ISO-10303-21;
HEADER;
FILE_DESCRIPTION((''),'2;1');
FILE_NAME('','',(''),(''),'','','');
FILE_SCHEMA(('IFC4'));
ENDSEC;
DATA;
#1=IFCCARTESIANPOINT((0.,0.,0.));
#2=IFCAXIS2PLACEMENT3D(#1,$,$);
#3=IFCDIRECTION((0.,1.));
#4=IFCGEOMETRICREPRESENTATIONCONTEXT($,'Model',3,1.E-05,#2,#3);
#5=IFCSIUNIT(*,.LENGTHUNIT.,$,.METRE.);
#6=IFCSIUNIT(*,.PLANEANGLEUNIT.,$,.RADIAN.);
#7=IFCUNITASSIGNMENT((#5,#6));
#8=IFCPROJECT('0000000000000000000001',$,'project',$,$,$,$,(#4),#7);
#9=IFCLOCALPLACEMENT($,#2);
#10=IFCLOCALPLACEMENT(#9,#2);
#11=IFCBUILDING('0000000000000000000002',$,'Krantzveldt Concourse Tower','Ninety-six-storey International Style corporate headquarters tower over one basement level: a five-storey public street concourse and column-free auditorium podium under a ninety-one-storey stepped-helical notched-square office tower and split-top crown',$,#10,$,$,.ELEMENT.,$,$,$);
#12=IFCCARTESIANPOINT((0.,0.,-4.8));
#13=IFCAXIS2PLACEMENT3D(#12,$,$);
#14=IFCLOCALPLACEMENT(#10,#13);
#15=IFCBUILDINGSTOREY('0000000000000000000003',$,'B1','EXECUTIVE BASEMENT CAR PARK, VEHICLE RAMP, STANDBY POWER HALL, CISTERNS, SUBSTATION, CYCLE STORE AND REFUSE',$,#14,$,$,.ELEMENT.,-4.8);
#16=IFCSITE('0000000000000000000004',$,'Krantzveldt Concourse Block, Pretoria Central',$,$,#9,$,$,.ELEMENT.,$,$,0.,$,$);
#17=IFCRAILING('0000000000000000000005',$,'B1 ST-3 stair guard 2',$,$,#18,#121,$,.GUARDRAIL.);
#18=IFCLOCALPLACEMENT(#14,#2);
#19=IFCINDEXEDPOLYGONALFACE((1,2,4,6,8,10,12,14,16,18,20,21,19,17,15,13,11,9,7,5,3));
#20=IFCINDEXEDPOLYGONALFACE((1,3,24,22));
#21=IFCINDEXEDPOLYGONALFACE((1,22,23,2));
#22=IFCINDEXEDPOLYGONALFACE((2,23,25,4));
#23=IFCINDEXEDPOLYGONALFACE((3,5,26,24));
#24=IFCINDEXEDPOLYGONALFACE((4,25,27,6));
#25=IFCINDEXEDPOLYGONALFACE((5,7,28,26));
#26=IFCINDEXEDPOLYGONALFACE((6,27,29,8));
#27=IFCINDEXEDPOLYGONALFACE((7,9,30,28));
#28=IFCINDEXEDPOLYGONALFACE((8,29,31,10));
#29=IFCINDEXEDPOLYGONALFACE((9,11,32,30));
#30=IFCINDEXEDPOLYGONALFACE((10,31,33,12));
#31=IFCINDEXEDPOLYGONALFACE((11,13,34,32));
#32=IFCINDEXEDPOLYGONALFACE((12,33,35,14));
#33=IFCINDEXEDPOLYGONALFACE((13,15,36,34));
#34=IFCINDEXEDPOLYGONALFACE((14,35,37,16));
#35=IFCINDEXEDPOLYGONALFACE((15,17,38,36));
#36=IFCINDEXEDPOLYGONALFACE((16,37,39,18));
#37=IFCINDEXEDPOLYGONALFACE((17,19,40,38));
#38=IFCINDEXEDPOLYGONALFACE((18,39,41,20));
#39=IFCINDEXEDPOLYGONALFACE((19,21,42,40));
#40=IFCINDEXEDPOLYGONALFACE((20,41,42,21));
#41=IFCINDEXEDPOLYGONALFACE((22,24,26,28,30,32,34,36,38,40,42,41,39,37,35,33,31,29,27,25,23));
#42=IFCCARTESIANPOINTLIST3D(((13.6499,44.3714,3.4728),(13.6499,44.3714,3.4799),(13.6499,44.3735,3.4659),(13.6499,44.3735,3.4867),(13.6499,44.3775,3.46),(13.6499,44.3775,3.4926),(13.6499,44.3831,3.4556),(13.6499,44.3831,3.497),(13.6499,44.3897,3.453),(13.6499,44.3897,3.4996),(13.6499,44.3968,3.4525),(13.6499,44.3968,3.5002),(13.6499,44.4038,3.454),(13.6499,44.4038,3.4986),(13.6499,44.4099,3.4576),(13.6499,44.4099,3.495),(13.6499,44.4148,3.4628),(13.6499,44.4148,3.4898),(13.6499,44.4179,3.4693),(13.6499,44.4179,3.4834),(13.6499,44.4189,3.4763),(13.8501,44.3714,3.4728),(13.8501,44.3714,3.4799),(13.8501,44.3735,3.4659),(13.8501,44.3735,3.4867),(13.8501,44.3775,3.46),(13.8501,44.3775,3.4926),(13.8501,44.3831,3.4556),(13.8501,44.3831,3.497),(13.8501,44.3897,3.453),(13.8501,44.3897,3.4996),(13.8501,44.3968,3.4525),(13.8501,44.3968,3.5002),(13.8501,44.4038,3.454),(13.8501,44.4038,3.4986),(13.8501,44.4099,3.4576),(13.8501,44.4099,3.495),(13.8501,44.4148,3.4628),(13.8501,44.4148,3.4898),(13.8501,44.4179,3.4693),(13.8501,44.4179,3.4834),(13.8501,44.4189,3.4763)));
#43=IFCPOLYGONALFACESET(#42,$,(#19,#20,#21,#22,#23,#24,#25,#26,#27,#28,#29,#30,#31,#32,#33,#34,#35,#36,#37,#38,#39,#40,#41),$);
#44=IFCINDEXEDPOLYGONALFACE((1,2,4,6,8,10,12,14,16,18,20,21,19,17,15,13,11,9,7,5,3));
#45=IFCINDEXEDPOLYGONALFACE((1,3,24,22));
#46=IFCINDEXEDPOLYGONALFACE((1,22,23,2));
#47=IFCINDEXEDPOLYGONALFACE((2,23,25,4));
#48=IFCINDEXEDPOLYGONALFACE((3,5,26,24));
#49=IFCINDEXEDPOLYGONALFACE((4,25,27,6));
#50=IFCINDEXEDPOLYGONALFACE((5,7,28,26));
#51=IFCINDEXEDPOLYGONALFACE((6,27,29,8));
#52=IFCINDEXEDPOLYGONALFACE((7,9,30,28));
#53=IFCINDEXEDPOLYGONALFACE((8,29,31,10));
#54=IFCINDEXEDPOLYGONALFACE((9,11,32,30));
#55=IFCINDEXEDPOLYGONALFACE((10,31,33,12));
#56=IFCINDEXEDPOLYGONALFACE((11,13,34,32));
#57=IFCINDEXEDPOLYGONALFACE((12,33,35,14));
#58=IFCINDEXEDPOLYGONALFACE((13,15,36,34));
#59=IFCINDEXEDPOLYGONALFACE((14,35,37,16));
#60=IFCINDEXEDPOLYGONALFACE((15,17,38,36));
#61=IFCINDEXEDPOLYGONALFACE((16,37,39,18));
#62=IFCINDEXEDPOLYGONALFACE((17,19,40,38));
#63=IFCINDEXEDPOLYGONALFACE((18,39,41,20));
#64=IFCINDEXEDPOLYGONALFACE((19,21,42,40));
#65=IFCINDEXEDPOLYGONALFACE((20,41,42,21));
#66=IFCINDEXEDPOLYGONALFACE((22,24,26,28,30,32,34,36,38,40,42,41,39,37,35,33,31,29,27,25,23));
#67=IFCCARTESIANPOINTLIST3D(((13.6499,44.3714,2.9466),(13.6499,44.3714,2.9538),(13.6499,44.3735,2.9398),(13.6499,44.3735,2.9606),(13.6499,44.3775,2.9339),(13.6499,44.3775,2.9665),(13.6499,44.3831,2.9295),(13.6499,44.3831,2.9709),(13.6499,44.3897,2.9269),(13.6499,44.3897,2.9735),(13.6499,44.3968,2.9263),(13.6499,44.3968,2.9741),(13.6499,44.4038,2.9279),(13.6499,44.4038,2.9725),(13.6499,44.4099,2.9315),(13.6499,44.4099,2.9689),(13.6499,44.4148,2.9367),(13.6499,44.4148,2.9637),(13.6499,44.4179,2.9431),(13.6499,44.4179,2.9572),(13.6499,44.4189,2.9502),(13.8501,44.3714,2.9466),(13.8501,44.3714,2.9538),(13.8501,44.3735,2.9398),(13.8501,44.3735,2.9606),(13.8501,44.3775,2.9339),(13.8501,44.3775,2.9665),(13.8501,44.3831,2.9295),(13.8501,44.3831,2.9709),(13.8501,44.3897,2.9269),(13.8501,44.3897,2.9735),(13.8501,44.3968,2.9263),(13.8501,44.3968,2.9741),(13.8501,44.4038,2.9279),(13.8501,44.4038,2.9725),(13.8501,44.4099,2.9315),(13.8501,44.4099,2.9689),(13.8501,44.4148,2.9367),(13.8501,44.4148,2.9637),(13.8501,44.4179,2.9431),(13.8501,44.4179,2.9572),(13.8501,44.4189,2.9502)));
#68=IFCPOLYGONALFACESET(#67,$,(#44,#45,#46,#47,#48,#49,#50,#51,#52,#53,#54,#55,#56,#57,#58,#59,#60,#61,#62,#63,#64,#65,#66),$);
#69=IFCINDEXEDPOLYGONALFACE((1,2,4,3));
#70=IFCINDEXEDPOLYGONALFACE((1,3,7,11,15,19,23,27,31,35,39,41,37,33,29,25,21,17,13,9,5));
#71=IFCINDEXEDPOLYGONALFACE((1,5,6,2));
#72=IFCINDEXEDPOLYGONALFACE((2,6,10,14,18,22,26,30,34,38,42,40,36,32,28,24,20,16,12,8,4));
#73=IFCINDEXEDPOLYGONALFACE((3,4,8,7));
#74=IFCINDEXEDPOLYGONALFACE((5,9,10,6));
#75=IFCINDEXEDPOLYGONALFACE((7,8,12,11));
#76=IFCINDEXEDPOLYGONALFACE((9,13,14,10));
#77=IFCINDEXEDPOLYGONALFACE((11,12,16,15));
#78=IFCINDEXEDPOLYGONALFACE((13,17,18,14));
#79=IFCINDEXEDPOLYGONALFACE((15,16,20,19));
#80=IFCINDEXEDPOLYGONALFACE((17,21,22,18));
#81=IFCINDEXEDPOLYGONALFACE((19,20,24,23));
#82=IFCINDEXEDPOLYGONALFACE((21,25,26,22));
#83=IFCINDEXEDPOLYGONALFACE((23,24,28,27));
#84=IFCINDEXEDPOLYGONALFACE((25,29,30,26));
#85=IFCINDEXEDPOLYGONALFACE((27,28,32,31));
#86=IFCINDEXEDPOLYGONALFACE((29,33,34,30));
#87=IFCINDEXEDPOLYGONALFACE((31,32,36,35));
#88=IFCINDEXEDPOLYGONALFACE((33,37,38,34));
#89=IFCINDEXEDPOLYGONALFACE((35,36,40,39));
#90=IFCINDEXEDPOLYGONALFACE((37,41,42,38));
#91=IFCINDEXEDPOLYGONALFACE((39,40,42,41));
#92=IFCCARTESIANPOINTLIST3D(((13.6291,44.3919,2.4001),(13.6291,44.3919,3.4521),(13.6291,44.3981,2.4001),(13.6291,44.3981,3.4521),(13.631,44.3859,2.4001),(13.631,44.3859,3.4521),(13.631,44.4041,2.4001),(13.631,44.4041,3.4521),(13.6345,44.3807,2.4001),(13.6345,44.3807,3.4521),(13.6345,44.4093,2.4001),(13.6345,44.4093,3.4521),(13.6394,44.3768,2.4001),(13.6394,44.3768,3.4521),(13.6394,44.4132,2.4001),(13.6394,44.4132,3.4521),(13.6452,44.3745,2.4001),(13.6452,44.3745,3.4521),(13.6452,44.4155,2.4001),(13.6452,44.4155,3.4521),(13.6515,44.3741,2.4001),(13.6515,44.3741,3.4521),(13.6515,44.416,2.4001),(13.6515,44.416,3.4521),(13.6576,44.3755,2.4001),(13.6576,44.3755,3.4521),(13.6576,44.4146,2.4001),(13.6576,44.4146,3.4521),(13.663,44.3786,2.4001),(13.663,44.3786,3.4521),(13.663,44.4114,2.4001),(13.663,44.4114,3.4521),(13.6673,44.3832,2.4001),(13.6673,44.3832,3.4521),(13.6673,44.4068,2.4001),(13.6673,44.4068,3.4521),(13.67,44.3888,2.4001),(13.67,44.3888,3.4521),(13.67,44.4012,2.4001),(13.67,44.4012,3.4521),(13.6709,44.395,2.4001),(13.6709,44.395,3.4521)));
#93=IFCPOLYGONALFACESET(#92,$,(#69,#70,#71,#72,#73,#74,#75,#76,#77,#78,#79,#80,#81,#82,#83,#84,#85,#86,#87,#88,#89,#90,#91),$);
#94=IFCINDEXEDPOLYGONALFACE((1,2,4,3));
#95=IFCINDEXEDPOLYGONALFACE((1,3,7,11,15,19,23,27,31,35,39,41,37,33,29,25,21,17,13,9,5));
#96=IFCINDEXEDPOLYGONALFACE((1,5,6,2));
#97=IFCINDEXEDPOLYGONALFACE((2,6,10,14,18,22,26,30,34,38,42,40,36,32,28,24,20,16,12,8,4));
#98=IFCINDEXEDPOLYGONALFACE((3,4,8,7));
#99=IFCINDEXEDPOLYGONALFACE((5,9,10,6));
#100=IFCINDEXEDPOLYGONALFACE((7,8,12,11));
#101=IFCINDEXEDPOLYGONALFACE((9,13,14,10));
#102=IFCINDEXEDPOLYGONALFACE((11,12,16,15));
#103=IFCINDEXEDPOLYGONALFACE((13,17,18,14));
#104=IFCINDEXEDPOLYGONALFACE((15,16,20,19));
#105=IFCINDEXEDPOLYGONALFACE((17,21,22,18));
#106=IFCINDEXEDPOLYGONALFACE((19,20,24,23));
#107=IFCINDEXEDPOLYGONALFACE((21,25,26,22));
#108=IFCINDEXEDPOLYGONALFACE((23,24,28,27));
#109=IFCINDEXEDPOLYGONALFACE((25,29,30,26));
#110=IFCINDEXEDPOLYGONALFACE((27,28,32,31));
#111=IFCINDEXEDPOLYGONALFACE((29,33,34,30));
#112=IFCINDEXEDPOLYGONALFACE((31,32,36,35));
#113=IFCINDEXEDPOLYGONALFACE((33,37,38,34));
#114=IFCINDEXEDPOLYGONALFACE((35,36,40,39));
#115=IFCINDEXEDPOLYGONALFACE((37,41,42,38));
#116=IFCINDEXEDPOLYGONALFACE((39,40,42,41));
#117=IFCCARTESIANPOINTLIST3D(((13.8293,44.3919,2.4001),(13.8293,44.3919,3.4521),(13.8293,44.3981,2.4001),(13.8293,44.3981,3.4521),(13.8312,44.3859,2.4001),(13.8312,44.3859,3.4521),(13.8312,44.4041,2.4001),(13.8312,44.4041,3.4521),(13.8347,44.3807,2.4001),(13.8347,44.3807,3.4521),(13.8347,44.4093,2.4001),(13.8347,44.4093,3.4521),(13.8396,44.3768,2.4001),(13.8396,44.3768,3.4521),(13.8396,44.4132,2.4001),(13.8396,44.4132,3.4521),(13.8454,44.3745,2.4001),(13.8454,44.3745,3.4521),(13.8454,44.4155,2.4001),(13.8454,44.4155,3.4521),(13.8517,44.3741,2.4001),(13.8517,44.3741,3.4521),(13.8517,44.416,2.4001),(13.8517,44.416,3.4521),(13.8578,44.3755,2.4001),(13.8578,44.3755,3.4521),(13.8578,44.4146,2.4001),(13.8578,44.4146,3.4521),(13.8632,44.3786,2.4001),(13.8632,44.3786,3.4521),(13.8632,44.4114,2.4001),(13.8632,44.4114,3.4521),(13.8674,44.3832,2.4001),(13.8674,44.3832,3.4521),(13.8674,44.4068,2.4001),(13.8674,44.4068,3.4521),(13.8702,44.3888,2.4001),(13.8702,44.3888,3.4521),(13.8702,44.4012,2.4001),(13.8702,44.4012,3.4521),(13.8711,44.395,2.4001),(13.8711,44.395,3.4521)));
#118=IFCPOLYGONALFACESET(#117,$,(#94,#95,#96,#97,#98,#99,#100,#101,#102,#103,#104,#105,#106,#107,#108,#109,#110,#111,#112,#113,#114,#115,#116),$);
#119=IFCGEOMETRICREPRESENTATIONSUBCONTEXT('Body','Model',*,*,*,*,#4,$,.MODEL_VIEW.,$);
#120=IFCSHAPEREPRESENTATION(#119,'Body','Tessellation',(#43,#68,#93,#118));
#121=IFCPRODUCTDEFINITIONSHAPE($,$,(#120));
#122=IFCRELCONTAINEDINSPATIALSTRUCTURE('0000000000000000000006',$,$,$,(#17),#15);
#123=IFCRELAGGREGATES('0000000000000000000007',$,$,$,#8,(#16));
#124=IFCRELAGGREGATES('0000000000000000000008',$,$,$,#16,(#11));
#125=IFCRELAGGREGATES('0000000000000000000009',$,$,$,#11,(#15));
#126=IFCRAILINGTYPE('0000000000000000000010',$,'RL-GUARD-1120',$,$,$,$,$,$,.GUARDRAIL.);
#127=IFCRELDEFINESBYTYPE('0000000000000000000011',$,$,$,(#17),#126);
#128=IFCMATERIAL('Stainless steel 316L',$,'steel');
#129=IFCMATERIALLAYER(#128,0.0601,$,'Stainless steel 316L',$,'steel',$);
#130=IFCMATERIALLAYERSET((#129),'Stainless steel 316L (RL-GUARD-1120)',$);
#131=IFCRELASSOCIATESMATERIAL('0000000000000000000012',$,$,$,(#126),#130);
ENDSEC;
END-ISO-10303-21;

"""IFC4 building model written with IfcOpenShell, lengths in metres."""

from ifc_helpers import new_model, si_unit, direction, frame, origin, origin_2d, place, context, subcontext, project, spatial, circle, extrude, material, layer, layer_set, type_object, element, save


model = new_model("IFC4")

# Units and contexts
model_context = context("Model", 3, precision=1e-05, world=origin(), true_north=direction((0.0, 1.0)))
body_context = subcontext(model_context, "Body", "Model", "MODEL_VIEW")
ifc_project = project(units=[si_unit("LENGTHUNIT", "METRE"), si_unit("PLANEANGLEUNIT", "RADIAN")], contexts=[model_context])

# Site, building, storey
site_placement = place(None, origin())
site = spatial("IfcSite", under=ifc_project, at=site_placement, Name="Krantzveldt Concourse Block, Pretoria Central", CompositionType="ELEMENT", RefElevation=0.0)
building_placement = place(site_placement, origin())
building = spatial("IfcBuilding", under=site, at=building_placement, Name="Krantzveldt Concourse Tower", Description="Ninety-six-storey International Style corporate headquarters tower over one basement level: a five-storey public street concourse and column-free auditorium podium under a ninety-one-storey stepped-helical notched-square office tower and split-top crown", CompositionType="ELEMENT")
storey_placement = place(building_placement, frame((0.0, 0.0, -4.8)))
storey = spatial("IfcBuildingStorey", under=building, at=storey_placement, Name="B1", Description="EXECUTIVE BASEMENT CAR PARK, VEHICLE RAMP, STANDBY POWER HALL, CISTERNS, SUBSTATION, CYCLE STORE AND REFUSE", CompositionType="ELEMENT", Elevation=-4.8)

# Railing
ifc_material_1 = material(Name="Stainless steel 316L", Category="steel")
ifc_layer_1 = layer(ifc_material_1, 0.0601, Name="Stainless steel 316L", Category="steel")
ifc_layer_set_1 = layer_set([ifc_layer_1], Name="Stainless steel 316L (RL-GUARD-1120)")
railing_type_1 = type_object("IfcRailingType", Name="RL-GUARD-1120", PredefinedType="GUARDRAIL", material=ifc_layer_set_1)
railing_1_placement = place(storey_placement, frame((13.6499, 44.395, 2.4001)))
element("IfcRailing", 1, at=railing_1_placement, inside=storey, type_object=railing_type_1, Name="B1 ST-3 stair guard 2", PredefinedType="GUARDRAIL", context=body_context, shape_type="SweptSolid", body=[
    extrude(circle(Radius=0.0239, at=origin_2d()), frame((0.0, 0.0, 1.0762), z_axis=(1.0, 0.0, 0.0), x_axis=(0.0, 1.0, 0.0)), (0.0, 0.0, 1.0), 0.2002),
    extrude(circle(Radius=0.0239, at=origin_2d()), frame((0.0, 0.0, 0.55), z_axis=(1.0, 0.0, 0.0), x_axis=(0.0, 1.0, 0.0)), (0.0, 0.0, 1.0), 0.2002),
    extrude(circle(Radius=0.021, at=origin_2d()), origin(), (0.0, 0.0, 1.0), 1.052),
    extrude(circle(Radius=0.021, at=origin_2d()), frame((0.2002, 0.0, 0.0)), (0.0, 0.0, 1.0), 1.052),
])

save(model, "model.ifc")
